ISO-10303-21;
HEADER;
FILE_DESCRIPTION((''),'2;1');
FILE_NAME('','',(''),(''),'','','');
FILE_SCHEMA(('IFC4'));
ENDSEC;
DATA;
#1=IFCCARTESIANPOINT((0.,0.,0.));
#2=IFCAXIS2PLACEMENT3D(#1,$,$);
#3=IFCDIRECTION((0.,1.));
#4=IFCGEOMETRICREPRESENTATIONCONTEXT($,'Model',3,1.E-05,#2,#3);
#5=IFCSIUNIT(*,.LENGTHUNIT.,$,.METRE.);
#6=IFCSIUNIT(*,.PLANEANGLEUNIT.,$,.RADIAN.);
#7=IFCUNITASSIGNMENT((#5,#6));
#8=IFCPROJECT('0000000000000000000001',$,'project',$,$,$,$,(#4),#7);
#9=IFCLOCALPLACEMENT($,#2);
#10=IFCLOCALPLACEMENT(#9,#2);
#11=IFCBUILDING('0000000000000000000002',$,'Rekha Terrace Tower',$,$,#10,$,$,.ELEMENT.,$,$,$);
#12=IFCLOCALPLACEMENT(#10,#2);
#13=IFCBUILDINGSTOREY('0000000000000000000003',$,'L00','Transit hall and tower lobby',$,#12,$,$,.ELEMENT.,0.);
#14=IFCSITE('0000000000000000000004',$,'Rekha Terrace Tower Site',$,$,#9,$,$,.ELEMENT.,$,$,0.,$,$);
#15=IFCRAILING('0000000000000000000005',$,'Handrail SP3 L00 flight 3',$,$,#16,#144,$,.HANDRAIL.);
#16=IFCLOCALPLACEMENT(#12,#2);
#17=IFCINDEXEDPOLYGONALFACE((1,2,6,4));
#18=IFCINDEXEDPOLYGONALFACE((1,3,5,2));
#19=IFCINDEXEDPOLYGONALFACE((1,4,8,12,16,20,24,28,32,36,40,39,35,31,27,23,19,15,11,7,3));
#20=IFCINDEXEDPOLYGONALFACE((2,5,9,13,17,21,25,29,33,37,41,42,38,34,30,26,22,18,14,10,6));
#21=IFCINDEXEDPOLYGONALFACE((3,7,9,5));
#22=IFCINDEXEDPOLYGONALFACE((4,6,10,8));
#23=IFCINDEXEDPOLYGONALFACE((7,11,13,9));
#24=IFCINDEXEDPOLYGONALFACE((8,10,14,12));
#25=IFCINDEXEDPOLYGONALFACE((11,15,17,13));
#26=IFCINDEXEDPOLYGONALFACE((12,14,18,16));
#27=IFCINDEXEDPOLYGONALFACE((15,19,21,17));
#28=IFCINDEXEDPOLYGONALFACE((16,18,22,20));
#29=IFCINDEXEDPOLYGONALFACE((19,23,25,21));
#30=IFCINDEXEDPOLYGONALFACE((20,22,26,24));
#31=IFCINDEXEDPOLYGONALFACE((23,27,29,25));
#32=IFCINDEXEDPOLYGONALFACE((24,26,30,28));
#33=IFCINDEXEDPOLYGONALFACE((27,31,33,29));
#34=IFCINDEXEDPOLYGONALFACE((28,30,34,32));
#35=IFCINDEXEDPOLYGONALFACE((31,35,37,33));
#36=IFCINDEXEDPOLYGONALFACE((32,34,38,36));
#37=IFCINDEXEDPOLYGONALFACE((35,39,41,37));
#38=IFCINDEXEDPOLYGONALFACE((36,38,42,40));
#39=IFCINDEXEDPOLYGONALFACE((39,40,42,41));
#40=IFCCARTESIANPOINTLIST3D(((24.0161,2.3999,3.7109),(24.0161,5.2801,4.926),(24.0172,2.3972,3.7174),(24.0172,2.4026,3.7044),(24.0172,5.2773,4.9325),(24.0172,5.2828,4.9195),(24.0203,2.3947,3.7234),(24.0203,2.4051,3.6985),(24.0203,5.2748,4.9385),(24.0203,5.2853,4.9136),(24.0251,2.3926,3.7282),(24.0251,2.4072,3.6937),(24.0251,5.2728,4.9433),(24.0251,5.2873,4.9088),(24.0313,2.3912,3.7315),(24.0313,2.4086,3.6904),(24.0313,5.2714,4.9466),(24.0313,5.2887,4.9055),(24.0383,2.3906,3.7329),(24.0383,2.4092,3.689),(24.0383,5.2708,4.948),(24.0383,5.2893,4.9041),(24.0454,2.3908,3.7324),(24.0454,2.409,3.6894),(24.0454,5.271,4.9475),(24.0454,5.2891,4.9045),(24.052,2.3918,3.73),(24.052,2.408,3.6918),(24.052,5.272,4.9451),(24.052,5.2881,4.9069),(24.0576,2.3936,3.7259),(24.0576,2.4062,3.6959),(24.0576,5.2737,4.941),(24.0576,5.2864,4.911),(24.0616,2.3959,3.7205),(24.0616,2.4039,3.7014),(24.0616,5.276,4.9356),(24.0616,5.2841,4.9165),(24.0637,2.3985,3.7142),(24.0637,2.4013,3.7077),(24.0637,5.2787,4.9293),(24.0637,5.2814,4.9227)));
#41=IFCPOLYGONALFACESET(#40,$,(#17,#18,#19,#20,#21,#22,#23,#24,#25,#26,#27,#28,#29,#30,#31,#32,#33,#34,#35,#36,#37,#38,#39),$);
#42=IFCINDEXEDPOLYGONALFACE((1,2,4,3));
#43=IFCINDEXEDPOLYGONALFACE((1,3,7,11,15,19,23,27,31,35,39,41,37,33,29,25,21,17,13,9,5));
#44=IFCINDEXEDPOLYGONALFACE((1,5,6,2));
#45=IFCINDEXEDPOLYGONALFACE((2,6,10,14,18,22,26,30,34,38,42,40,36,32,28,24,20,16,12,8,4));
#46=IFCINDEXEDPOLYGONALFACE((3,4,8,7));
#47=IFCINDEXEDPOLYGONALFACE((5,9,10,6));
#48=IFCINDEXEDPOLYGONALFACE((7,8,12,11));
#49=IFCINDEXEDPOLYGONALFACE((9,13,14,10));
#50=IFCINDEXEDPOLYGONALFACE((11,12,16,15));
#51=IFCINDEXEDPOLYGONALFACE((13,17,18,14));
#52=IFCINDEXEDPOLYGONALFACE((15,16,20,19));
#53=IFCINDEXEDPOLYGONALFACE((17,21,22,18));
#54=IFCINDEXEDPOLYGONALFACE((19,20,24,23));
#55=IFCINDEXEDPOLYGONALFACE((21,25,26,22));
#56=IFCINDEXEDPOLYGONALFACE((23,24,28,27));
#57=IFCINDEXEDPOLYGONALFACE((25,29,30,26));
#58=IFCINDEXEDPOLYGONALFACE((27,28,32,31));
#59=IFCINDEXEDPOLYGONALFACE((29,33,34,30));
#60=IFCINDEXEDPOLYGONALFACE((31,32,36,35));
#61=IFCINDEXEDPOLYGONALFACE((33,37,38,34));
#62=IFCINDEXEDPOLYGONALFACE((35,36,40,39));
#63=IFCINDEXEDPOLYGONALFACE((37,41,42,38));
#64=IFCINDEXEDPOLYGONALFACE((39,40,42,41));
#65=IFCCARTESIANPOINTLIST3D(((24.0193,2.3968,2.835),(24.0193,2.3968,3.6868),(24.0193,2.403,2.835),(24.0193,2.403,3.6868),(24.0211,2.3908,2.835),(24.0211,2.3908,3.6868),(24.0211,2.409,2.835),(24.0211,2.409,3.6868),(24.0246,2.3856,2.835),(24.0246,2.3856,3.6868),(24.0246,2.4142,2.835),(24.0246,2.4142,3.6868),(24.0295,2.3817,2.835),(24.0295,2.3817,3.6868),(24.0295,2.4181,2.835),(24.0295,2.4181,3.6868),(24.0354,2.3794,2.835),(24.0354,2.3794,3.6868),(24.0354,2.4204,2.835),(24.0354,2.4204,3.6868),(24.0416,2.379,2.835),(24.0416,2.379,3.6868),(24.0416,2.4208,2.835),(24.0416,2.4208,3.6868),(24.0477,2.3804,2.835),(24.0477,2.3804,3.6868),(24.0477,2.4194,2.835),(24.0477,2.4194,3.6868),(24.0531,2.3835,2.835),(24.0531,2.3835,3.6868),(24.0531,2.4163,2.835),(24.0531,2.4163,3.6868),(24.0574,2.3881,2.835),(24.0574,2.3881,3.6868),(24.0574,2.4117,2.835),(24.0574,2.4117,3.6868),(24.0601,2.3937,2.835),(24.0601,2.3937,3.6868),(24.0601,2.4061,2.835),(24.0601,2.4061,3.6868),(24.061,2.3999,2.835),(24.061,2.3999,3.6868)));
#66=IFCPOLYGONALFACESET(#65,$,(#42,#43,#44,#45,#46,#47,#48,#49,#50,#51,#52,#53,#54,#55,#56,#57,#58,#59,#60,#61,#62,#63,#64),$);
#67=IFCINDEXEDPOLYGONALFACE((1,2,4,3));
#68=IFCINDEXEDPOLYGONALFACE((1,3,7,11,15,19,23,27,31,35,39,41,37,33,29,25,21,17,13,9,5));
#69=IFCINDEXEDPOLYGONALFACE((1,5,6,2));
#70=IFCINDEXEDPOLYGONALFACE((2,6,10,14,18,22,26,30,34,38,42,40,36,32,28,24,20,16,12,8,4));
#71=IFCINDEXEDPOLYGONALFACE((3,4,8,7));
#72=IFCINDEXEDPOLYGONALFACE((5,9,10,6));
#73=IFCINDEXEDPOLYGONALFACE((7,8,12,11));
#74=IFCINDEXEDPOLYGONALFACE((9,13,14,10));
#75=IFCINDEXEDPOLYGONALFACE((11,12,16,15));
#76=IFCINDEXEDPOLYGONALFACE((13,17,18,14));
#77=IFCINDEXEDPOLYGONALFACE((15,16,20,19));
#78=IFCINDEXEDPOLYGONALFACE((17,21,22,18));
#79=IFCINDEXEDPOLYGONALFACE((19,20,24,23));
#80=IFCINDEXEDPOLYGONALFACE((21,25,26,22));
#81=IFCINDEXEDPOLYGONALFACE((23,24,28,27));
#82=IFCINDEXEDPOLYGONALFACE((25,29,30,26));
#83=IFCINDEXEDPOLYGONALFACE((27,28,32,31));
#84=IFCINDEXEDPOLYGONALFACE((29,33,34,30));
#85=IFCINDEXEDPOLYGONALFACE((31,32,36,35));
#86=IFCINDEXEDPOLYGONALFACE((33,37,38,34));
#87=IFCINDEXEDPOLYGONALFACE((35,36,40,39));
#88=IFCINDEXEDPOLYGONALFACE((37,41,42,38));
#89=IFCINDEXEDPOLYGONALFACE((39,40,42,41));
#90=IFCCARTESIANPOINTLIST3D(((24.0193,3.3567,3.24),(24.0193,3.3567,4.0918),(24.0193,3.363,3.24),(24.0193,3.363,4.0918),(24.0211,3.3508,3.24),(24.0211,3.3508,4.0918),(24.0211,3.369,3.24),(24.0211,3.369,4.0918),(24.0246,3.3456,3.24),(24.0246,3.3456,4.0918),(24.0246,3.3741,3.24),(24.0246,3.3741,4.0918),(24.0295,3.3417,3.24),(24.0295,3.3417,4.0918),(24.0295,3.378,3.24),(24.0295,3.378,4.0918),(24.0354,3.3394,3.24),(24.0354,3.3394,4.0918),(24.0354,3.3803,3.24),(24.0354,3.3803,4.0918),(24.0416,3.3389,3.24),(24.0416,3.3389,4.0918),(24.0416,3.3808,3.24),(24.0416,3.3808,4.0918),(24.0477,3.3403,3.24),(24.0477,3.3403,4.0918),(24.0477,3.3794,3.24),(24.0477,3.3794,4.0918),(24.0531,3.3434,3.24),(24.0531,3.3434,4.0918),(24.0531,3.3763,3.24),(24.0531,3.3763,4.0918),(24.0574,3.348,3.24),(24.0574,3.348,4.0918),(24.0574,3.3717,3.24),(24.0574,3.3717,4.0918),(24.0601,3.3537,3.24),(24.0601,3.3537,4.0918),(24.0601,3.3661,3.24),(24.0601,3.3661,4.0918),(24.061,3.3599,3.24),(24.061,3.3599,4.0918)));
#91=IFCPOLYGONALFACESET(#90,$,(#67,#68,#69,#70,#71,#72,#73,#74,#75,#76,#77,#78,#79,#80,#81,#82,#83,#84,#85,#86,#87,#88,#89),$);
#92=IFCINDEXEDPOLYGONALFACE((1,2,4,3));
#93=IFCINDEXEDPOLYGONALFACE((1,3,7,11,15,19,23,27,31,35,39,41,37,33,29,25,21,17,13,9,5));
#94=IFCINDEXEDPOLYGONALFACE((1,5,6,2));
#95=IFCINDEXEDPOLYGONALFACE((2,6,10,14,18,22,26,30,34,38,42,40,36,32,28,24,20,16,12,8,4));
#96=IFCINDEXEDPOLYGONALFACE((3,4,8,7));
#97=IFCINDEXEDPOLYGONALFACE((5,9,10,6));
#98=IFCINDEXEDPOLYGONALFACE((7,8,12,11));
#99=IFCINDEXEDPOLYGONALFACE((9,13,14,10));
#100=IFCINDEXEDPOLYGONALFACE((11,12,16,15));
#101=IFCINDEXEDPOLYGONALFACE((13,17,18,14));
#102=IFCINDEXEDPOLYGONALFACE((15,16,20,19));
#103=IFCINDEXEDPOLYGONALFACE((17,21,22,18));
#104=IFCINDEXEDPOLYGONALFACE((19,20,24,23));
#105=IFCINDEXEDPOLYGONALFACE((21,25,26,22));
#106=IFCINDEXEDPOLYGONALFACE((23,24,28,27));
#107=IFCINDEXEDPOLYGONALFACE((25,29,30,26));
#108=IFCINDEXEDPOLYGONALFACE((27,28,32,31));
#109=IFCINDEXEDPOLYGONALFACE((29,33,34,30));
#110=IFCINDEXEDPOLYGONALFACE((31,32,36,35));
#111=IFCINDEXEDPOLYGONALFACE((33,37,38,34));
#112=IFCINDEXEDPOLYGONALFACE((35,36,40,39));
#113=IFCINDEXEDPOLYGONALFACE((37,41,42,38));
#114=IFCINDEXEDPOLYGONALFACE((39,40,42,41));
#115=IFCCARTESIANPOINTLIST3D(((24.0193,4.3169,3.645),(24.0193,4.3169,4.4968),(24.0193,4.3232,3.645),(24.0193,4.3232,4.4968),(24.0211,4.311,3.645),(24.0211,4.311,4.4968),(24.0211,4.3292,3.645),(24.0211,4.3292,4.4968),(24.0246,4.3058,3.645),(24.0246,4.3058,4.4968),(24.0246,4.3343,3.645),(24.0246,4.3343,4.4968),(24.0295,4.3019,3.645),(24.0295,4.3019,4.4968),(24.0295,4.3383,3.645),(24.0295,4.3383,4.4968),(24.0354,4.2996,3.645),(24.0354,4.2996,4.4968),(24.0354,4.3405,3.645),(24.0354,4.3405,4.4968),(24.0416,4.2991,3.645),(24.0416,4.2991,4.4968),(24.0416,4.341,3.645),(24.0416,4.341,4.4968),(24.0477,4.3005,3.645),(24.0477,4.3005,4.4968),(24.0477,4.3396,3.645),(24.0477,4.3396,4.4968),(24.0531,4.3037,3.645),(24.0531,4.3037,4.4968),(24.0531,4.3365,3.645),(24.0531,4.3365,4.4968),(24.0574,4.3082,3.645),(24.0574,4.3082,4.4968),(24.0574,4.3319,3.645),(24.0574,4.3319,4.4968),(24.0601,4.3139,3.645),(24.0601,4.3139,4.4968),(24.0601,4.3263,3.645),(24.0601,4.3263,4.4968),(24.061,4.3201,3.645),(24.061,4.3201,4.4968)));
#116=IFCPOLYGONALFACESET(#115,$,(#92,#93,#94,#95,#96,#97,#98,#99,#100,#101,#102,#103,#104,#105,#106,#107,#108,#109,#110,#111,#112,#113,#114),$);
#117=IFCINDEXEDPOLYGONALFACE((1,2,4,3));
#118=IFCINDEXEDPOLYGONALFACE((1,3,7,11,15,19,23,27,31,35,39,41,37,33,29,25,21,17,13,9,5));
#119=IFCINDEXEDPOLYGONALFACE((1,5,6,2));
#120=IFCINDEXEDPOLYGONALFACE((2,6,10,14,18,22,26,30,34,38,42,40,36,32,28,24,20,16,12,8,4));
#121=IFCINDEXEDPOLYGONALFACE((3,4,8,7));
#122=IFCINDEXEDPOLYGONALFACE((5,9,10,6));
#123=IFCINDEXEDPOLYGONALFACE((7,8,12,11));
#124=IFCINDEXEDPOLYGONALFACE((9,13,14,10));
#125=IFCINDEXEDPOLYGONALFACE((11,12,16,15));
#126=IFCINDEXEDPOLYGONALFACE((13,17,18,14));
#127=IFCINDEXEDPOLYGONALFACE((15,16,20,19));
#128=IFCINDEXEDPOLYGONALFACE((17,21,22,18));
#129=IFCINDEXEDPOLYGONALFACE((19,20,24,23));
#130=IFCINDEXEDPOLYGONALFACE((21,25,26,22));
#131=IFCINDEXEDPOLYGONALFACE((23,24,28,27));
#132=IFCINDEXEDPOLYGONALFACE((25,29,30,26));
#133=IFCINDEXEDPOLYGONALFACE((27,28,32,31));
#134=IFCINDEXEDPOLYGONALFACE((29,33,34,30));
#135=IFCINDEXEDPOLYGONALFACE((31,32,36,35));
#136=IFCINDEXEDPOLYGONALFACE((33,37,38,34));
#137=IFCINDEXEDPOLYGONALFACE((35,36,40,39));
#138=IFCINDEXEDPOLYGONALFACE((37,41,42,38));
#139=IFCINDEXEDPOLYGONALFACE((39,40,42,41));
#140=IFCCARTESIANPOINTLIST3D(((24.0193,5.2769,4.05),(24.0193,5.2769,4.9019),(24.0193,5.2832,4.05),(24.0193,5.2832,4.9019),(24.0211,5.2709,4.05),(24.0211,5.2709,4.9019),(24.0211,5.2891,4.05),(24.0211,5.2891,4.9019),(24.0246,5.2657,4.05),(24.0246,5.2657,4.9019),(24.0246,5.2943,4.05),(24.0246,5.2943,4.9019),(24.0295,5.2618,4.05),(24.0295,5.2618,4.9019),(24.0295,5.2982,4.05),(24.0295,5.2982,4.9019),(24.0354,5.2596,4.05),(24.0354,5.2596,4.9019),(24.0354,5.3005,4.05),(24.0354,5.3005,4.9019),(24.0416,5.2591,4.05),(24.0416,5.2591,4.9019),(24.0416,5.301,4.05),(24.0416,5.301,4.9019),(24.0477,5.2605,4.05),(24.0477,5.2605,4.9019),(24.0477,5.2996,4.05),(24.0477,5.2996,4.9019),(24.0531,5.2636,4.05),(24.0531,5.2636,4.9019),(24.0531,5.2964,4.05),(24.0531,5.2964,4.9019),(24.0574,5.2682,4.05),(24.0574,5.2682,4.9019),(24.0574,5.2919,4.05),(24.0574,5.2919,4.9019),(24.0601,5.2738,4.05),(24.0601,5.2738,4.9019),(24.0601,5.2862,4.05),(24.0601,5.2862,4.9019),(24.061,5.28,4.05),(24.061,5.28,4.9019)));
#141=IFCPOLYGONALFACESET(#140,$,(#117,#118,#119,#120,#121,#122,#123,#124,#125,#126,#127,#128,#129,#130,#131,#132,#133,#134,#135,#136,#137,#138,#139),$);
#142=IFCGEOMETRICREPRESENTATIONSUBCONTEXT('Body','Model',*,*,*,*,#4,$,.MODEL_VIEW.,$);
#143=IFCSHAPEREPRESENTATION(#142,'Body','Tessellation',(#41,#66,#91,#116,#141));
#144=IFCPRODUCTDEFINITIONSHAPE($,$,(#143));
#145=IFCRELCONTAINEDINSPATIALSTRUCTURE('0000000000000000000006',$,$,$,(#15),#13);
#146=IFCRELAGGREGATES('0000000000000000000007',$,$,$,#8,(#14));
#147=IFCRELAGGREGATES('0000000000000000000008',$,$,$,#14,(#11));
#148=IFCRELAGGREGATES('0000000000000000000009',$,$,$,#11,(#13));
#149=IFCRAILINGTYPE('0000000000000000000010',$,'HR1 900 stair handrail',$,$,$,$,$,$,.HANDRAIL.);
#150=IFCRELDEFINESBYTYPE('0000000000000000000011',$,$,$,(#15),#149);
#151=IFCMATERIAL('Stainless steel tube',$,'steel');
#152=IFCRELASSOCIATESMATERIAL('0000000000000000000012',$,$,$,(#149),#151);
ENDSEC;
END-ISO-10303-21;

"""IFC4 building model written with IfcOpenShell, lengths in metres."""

from ifc_helpers import new_model, si_unit, direction, frame, origin, origin_2d, place, context, subcontext, project, spatial, circle, extrude, material, type_object, element, save


model = new_model("IFC4")

# Units and contexts
model_context = context("Model", 3, precision=1e-05, world=origin(), true_north=direction((0.0, 1.0)))
body_context = subcontext(model_context, "Body", "Model", "MODEL_VIEW")
ifc_project = project(units=[si_unit("LENGTHUNIT", "METRE"), si_unit("PLANEANGLEUNIT", "RADIAN")], contexts=[model_context])

# Site, building, storey
site_placement = place(None, origin())
site = spatial("IfcSite", under=ifc_project, at=site_placement, Name="Rekha Terrace Tower Site", CompositionType="ELEMENT", RefElevation=0.0)
building_placement = place(site_placement, origin())
building = spatial("IfcBuilding", under=site, at=building_placement, Name="Rekha Terrace Tower", CompositionType="ELEMENT")
storey_placement = place(building_placement, origin())
storey = spatial("IfcBuildingStorey", under=building, at=storey_placement, Name="L00", Description="Transit hall and tower lobby", CompositionType="ELEMENT", Elevation=0.0)

# Railing
ifc_material_1 = material(Name="Stainless steel tube", Category="steel")
railing_type_1 = type_object("IfcRailingType", Name="HR1 900 stair handrail", PredefinedType="HANDRAIL", material=ifc_material_1)
railing_1_placement = place(storey_placement, frame((24.04, 2.3999, 2.835)))
element("IfcRailing", 1, at=railing_1_placement, inside=storey, type_object=railing_type_1, Name="Handrail SP3 L00 flight 3", PredefinedType="HANDRAIL", context=body_context, shape_type="SweptSolid", body=[
    extrude(circle(Radius=0.0239, at=origin_2d()), frame((0.0, 0.0, 0.876), z_axis=(0.0, 0.92136, 0.38871), x_axis=(-1.0, 0.0, 0.0)), (0.0, 0.0, 1.0), 3.126),
    extrude(circle(Radius=0.021, at=origin_2d()), origin(), (0.0, 0.0, 1.0), 0.8518),
    extrude(circle(Radius=0.021, at=origin_2d()), frame((0.0, 0.96, 0.405)), (0.0, 0.0, 1.0), 0.8518),
    extrude(circle(Radius=0.021, at=origin_2d()), frame((0.0, 1.9202, 0.8101)), (0.0, 0.0, 1.0), 0.8518),
    extrude(circle(Radius=0.021, at=origin_2d()), frame((0.0, 2.8801, 1.2151)), (0.0, 0.0, 1.0), 0.8518),
])

save(model, "model.ifc")
